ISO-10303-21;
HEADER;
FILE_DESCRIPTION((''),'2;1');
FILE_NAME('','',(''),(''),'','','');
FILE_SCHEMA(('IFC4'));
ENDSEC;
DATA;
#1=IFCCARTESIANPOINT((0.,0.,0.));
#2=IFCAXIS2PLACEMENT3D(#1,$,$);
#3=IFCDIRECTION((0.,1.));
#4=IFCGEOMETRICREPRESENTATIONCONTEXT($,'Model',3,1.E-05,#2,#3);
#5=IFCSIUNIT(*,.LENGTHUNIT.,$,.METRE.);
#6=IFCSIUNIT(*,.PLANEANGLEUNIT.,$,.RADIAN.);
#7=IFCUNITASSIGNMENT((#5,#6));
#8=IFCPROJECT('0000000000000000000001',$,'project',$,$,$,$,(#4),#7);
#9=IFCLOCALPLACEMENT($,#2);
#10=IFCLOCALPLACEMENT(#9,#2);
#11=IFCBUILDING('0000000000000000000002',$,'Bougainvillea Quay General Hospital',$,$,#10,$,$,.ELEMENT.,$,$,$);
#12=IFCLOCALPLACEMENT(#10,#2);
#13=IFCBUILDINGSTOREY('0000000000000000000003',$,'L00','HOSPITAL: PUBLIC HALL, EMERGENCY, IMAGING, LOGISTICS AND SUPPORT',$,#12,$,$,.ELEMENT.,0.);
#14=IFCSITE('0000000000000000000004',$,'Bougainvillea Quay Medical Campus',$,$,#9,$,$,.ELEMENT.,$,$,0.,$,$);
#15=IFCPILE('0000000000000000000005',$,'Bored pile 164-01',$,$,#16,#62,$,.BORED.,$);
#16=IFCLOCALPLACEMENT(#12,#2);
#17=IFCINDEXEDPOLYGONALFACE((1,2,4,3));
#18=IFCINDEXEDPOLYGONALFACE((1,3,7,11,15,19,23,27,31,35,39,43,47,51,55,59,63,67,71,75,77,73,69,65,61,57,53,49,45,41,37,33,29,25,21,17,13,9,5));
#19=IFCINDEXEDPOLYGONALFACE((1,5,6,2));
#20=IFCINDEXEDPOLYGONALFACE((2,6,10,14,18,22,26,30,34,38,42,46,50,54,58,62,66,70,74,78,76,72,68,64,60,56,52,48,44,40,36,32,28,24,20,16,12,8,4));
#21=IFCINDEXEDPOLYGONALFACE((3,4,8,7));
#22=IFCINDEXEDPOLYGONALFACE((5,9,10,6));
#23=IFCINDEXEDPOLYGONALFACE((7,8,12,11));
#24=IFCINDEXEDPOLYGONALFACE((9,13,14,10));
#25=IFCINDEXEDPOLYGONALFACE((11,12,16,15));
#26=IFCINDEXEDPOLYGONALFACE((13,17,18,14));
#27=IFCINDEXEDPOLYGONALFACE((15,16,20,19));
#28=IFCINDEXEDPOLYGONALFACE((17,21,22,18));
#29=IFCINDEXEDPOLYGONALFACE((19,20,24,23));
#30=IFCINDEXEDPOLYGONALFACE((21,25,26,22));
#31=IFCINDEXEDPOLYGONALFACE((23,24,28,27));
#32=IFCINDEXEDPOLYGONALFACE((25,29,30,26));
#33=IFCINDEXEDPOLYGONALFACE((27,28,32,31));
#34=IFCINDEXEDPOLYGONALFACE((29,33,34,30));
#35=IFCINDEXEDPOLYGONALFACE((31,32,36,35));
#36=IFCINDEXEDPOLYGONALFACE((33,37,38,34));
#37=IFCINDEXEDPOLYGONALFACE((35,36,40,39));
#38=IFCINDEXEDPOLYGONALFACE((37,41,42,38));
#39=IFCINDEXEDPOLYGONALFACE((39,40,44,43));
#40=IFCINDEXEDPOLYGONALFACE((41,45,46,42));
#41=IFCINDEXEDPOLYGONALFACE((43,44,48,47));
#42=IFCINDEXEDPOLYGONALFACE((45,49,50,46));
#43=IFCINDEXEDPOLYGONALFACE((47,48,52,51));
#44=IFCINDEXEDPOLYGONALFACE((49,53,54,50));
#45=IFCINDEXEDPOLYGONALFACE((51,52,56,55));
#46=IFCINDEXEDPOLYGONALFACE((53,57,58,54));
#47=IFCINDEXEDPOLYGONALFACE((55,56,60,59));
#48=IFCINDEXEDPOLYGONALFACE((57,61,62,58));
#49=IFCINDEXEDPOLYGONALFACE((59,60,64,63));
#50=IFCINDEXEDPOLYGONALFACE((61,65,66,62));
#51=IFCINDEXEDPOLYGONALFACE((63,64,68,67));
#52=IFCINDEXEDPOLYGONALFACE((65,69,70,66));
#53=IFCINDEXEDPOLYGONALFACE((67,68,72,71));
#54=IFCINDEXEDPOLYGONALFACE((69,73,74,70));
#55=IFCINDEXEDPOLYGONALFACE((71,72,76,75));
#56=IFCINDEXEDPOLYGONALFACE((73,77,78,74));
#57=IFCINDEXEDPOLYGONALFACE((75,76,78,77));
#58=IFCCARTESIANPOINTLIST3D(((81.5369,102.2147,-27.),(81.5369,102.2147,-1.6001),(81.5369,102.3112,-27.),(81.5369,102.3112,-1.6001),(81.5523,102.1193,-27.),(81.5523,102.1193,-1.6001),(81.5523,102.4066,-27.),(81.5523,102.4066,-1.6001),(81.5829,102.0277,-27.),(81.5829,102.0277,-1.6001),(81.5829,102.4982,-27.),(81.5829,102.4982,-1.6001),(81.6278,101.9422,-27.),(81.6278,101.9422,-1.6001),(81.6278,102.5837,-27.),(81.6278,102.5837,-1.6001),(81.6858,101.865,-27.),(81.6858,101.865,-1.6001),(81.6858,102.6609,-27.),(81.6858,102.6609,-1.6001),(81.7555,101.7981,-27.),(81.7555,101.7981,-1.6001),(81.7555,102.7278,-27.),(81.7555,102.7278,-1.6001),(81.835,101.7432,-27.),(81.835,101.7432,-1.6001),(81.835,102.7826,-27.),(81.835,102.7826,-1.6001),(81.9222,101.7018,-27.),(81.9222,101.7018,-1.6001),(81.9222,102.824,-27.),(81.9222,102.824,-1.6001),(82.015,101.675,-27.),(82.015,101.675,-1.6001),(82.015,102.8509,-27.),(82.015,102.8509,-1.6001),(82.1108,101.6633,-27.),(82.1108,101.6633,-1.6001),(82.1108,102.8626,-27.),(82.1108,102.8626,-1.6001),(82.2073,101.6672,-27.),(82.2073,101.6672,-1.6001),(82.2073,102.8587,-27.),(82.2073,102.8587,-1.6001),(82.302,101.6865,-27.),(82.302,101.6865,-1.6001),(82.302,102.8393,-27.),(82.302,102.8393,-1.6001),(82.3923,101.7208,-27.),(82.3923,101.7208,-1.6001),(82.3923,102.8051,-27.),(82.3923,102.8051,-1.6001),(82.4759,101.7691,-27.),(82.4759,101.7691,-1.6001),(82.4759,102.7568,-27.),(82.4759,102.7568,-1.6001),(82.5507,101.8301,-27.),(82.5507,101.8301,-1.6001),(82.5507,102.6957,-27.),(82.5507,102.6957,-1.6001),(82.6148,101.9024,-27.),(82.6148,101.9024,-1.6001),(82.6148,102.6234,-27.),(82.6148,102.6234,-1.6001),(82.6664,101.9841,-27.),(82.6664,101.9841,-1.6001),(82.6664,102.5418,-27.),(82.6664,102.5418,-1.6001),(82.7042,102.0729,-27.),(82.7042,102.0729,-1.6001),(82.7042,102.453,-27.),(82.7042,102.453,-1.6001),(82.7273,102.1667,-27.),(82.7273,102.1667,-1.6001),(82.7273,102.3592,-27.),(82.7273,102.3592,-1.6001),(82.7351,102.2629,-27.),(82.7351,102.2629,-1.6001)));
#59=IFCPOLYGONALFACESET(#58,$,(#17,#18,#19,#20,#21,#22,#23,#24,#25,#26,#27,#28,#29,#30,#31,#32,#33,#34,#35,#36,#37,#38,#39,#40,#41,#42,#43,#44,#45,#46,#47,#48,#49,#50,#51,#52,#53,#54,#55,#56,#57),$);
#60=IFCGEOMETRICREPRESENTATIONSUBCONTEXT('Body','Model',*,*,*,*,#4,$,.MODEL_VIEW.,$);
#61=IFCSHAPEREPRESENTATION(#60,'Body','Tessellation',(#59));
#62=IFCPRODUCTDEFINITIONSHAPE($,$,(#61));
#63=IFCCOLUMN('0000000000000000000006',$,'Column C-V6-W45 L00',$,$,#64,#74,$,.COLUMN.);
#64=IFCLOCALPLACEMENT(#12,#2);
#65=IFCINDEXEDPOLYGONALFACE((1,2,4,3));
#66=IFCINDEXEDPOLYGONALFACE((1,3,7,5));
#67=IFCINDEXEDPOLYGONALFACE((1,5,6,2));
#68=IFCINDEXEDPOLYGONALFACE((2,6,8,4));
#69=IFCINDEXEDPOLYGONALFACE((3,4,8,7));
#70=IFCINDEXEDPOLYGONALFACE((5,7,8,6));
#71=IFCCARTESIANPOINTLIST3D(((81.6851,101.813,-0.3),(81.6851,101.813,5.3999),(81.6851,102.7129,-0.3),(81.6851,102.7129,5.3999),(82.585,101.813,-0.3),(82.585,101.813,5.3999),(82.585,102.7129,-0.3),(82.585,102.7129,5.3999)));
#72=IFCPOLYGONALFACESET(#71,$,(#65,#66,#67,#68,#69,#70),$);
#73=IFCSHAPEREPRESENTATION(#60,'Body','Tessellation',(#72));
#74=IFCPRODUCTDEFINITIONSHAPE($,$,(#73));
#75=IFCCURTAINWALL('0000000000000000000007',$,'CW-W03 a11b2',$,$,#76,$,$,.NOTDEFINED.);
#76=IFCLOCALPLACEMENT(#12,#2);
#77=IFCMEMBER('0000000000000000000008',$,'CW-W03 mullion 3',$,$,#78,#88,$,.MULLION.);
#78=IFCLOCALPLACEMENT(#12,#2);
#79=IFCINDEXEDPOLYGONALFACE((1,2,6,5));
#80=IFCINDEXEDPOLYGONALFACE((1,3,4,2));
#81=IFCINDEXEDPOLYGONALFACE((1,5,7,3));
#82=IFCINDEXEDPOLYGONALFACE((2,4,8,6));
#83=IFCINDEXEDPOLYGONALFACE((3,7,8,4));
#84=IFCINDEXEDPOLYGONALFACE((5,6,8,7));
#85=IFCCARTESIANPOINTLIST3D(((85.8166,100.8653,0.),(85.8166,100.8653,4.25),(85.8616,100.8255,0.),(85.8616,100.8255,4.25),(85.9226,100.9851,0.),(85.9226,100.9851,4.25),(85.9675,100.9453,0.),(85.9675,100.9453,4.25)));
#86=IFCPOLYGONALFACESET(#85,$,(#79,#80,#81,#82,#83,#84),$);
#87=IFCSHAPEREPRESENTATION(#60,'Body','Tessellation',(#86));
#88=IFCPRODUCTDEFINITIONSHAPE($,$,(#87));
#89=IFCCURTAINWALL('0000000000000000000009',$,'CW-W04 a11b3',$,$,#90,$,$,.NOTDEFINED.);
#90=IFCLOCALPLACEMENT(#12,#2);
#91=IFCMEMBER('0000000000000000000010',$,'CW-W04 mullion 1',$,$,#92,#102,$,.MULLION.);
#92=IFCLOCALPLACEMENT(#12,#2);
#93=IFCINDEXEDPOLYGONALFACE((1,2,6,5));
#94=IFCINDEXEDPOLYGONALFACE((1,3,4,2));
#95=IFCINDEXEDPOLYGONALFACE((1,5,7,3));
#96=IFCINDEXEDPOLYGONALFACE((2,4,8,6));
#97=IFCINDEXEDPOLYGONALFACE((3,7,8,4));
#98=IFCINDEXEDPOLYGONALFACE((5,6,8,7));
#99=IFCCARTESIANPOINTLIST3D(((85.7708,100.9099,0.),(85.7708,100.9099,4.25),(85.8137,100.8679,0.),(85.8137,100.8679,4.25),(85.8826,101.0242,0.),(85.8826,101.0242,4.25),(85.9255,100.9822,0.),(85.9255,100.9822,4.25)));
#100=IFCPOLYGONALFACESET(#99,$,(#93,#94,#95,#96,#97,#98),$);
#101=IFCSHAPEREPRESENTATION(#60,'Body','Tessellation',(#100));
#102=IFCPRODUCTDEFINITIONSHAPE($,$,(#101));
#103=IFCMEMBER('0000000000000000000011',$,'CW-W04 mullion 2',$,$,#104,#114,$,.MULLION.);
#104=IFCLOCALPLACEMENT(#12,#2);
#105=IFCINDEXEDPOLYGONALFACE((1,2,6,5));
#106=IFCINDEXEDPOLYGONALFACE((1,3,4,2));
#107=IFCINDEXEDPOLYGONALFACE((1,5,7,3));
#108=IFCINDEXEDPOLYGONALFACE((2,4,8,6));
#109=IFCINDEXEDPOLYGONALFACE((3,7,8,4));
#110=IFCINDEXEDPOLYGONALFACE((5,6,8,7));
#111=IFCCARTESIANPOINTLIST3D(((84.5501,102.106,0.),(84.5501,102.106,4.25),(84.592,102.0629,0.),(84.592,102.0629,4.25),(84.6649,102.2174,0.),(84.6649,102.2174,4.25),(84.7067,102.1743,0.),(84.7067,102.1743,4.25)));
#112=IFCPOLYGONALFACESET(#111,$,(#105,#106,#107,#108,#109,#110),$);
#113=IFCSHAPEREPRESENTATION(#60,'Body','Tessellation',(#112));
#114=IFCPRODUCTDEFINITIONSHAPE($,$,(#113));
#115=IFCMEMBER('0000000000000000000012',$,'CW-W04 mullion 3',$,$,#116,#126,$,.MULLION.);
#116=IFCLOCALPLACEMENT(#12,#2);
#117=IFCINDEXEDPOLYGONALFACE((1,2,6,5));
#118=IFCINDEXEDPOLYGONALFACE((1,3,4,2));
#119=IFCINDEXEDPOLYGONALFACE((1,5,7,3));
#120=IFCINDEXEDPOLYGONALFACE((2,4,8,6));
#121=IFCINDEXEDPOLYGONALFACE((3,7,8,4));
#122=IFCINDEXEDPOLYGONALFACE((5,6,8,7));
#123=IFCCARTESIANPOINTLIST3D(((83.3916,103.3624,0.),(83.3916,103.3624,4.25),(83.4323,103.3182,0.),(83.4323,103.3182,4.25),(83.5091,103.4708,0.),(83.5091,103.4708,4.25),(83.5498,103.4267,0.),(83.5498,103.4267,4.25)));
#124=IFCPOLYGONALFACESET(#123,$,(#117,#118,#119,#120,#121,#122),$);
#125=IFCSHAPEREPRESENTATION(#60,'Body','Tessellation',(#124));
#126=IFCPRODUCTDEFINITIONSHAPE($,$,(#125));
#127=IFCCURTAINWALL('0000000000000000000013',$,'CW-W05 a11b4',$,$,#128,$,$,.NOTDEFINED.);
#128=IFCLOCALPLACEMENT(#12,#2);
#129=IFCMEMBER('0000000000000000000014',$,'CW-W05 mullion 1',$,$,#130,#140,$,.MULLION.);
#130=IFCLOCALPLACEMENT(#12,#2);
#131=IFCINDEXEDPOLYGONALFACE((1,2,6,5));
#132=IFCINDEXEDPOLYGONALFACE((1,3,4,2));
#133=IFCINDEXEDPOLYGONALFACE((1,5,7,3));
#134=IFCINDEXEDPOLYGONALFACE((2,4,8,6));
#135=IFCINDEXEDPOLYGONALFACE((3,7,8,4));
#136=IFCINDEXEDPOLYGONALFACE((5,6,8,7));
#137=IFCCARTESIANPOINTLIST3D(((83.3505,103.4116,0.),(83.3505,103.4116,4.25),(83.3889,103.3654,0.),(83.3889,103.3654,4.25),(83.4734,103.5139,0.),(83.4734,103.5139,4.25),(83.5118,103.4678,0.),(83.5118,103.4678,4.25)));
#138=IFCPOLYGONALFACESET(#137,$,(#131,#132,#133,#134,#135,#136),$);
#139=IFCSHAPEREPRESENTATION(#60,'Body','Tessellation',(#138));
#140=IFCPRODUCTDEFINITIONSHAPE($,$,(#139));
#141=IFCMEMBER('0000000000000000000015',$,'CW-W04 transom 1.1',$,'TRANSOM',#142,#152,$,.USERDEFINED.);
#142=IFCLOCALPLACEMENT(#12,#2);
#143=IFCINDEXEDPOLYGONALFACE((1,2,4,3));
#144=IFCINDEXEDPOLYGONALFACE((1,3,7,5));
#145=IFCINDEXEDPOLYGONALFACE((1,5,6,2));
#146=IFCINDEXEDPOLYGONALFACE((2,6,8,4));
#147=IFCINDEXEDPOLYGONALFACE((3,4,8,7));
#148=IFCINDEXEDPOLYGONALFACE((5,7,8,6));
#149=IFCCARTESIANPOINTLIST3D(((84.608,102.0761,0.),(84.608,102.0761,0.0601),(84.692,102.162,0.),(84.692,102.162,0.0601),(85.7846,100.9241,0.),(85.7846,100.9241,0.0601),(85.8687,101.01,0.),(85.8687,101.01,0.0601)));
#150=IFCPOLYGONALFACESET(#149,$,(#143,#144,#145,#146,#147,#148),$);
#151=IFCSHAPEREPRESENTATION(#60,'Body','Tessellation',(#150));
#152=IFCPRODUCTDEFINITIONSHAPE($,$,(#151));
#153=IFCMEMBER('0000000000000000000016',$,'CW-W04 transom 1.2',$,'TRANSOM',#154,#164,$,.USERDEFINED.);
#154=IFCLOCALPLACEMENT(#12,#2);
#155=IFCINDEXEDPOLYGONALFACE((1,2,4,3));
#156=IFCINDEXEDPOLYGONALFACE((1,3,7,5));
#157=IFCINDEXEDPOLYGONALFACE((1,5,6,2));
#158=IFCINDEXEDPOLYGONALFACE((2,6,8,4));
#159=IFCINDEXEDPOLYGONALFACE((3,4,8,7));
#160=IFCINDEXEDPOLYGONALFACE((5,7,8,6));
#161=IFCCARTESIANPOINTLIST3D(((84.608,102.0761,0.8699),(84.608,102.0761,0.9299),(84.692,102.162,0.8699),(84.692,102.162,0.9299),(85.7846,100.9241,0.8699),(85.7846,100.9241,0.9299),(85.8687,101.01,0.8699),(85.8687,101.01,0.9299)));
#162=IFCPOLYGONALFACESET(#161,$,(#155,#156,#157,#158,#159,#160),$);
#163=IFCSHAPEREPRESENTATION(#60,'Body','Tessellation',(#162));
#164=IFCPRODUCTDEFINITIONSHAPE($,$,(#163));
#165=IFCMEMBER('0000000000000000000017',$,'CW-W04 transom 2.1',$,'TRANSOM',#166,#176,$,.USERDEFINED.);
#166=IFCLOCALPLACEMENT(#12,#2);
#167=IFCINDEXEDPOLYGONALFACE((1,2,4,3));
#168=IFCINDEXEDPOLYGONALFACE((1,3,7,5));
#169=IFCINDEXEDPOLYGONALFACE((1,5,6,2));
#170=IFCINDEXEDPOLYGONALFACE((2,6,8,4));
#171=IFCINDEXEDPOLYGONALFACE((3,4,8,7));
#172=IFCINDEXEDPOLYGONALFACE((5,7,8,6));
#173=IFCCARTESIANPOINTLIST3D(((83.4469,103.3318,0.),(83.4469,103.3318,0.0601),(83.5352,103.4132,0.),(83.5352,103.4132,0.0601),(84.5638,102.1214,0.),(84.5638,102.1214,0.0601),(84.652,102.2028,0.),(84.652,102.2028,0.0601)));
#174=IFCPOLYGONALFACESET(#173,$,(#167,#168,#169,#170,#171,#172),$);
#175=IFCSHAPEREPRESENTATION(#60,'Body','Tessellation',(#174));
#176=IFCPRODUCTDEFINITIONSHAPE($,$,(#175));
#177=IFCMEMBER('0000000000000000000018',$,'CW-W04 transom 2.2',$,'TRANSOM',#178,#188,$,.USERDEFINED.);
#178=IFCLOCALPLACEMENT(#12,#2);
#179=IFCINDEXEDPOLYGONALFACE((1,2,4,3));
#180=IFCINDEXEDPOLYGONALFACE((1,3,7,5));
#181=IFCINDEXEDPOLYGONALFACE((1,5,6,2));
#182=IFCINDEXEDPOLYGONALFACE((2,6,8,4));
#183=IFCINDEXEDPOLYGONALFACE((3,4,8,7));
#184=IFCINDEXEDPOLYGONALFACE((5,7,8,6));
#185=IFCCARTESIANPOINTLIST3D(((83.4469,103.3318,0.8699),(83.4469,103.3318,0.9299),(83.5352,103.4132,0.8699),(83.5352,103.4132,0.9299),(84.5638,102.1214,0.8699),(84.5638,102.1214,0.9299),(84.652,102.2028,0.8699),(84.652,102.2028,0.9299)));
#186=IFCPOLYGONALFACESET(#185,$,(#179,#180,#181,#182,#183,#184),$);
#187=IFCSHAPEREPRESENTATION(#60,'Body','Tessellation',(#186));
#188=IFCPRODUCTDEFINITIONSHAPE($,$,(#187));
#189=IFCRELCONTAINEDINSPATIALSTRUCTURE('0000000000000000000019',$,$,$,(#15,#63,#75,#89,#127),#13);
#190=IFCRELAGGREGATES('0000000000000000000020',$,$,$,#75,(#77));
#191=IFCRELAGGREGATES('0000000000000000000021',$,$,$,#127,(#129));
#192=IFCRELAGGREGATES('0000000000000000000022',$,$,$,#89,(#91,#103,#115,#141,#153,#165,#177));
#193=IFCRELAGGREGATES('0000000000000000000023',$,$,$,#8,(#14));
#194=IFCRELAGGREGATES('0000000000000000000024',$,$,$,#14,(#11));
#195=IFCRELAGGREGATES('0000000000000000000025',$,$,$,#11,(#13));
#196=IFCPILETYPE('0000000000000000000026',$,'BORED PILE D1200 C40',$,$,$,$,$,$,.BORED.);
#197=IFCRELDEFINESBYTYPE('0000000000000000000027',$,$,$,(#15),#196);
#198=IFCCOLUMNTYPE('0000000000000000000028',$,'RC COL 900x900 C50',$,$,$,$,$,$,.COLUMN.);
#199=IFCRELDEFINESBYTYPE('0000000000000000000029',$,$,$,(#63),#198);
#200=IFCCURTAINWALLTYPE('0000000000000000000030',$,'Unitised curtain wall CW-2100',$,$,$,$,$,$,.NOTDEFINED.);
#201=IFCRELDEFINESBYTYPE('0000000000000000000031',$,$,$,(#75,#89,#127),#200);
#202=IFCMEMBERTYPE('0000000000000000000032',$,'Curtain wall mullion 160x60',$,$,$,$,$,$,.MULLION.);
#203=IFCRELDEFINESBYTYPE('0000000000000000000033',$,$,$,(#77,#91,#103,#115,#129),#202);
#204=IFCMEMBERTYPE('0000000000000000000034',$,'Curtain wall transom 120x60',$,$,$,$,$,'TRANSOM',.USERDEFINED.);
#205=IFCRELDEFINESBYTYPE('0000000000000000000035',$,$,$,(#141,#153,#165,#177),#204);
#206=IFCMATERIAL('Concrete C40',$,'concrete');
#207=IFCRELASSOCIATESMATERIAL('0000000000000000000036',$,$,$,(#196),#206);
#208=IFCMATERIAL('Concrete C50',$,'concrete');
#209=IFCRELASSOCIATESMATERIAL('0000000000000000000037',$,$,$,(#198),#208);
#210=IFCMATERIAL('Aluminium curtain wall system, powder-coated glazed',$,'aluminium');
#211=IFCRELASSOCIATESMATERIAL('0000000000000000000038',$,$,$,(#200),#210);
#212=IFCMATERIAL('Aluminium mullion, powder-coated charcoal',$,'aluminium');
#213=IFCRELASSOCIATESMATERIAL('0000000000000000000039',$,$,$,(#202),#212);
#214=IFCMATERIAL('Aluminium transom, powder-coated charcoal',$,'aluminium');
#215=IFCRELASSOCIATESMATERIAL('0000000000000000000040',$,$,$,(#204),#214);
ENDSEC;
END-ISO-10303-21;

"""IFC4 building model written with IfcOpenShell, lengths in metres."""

from ifc_helpers import new_model, si_unit, direction, frame, origin, origin_2d, place, context, subcontext, project, spatial, rectangle, circle, extrude, material, material_profile, profile_set, type_object, element, aggregate, save


model = new_model("IFC4")

# Units and contexts
model_context = context("Model", 3, precision=1e-05, world=origin(), true_north=direction((0.0, 1.0)))
body_context = subcontext(model_context, "Body", "Model", "MODEL_VIEW")
ifc_project = project(units=[si_unit("LENGTHUNIT", "METRE"), si_unit("PLANEANGLEUNIT", "RADIAN")], contexts=[model_context])

# Site, building, storey
site_placement = place(None, origin())
site = spatial("IfcSite", under=ifc_project, at=site_placement, Name="Bougainvillea Quay Medical Campus", CompositionType="ELEMENT", RefElevation=0.0)
building_placement = place(site_placement, origin())
building = spatial("IfcBuilding", under=site, at=building_placement, Name="Bougainvillea Quay General Hospital", CompositionType="ELEMENT")
storey_placement = place(building_placement, origin())
storey = spatial("IfcBuildingStorey", under=building, at=storey_placement, Name="L00", Description="HOSPITAL: PUBLIC HALL, EMERGENCY, IMAGING, LOGISTICS AND SUPPORT", CompositionType="ELEMENT", Elevation=0.0)

# Pile
ifc_material_1 = material(Name="Concrete C40", Category="concrete")
ifc_material_profile_1 = material_profile(ifc_material_1, circle(Radius=0.6001, at=origin_2d()))
ifc_profile_set_1 = profile_set([ifc_material_profile_1], Name="Concrete C40")
pile_type = type_object("IfcPileType", Name="BORED PILE D1200 C40", PredefinedType="BORED", material=ifc_profile_set_1)
pile_placement = place(storey_placement, frame((82.135, 102.2629, -1.6001), z_axis=(0.0, 0.0, -1.0), x_axis=(1.0, 0.0, 0.0)))
element("IfcPile", 1, at=pile_placement, inside=storey, type_object=pile_type, Name="Bored pile 164-01", PredefinedType="BORED", context=body_context, shape_type="SweptSolid", body=[
    extrude(circle(Radius=0.6001, at=origin_2d()), origin(), (0.0, 0.0, 1.0), 25.3999),
])

# Column
ifc_material_2 = material(Name="Concrete C50", Category="concrete")
ifc_material_profile_2 = material_profile(ifc_material_2, rectangle(XDim=0.8999, YDim=0.8999, at=origin_2d()))
ifc_profile_set_2 = profile_set([ifc_material_profile_2], Name="Concrete C50")
column_type = type_object("IfcColumnType", Name="RC COL 900x900 C50", PredefinedType="COLUMN", material=ifc_profile_set_2)
column_placement = place(storey_placement, frame((82.135, 102.2629, -0.3), z_axis=(0.0, 0.0, 1.0), x_axis=(1.0, 0.0, 0.0)))
element("IfcColumn", 2, at=column_placement, inside=storey, type_object=column_type, Name="Column C-V6-W45 L00", PredefinedType="COLUMN", context=body_context, shape_type="SweptSolid", body=[
    extrude(rectangle(XDim=0.8999, YDim=0.8999, at=origin_2d()), origin(), (0.0, 0.0, 1.0), 5.7),
])

# Curtain wall, member
ifc_material_3 = material(Name="Aluminium curtain wall system, powder-coated glazed", Category="aluminium")
curtain_wall_type = type_object("IfcCurtainWallType", Name="Unitised curtain wall CW-2100", PredefinedType="NOTDEFINED", material=ifc_material_3)
curtain_wall_1_placement = place(storey_placement, origin())
curtain_wall_1 = element("IfcCurtainWall", 3, at=curtain_wall_1_placement, inside=storey, type_object=curtain_wall_type, Name="CW-W03 a11b2", PredefinedType="NOTDEFINED")
ifc_material_4 = material(Name="Aluminium mullion, powder-coated charcoal", Category="aluminium")
ifc_material_profile_3 = material_profile(ifc_material_4, rectangle(XDim=0.1599, YDim=0.0601, at=origin_2d()))
ifc_profile_set_3 = profile_set([ifc_material_profile_3], Name="Aluminium mullion, powder-coated charcoal")
member_type_1 = type_object("IfcMemberType", Name="Curtain wall mullion 160x60", PredefinedType="MULLION", material=ifc_profile_set_3)
member_1_placement = place(storey_placement, frame((85.8921, 100.9053, 0.0), z_axis=(0.0, 0.0, 1.0), x_axis=(-0.662398, -0.749152, 0.0)))
member_1 = element("IfcMember", 4, at=member_1_placement, type_object=member_type_1, Name="CW-W03 mullion 3", PredefinedType="MULLION", context=body_context, shape_type="SweptSolid", body=[
    extrude(rectangle(XDim=0.1599, YDim=0.0601, at=origin_2d()), origin(), (0.0, 0.0, 1.0), 4.25),
])
aggregate(curtain_wall_1, [member_1])

# Curtain wall, members
curtain_wall_2_placement = place(storey_placement, origin())
curtain_wall_2 = element("IfcCurtainWall", 5, at=curtain_wall_2_placement, inside=storey, type_object=curtain_wall_type, Name="CW-W04 a11b3", PredefinedType="NOTDEFINED")
member_2_placement = place(storey_placement, frame((85.8481, 100.946, 0.0), z_axis=(0.0, 0.0, 1.0), x_axis=(-0.699526, -0.714607, 0.0)))
member_2 = element("IfcMember", 6, at=member_2_placement, type_object=member_type_1, Name="CW-W04 mullion 1", PredefinedType="MULLION", context=body_context, shape_type="SweptSolid", body=[
    extrude(rectangle(XDim=0.1599, YDim=0.0601, at=origin_2d()), origin(), (0.0, 0.0, 1.0), 4.25),
])
member_3_placement = place(storey_placement, frame((84.6284, 102.1401, 0.0), z_axis=(0.0, 0.0, 1.0), x_axis=(-0.717421, -0.696639, 0.0)))
member_3 = element("IfcMember", 7, at=member_3_placement, type_object=member_type_1, Name="CW-W04 mullion 2", PredefinedType="MULLION", context=body_context, shape_type="SweptSolid", body=[
    extrude(rectangle(XDim=0.1599, YDim=0.0601, at=origin_2d()), origin(), (0.0, 0.0, 1.0), 4.25),
])
member_4_placement = place(storey_placement, frame((83.4707, 103.3945, 0.0), z_axis=(0.0, 0.0, 1.0), x_axis=(-0.734855, -0.678224, 0.0)))
member_4 = element("IfcMember", 8, at=member_4_placement, type_object=member_type_1, Name="CW-W04 mullion 3", PredefinedType="MULLION", context=body_context, shape_type="SweptSolid", body=[
    extrude(rectangle(XDim=0.1599, YDim=0.0601, at=origin_2d()), origin(), (0.0, 0.0, 1.0), 4.25),
])

# Curtain wall, member
curtain_wall_3_placement = place(storey_placement, origin())
curtain_wall_3 = element("IfcCurtainWall", 9, at=curtain_wall_3_placement, inside=storey, type_object=curtain_wall_type, Name="CW-W05 a11b4", PredefinedType="NOTDEFINED")
member_5_placement = place(storey_placement, frame((83.4312, 103.4397, 0.0), z_axis=(0.0, 0.0, 1.0), x_axis=(-0.768295, -0.640096, 0.0)))
member_5 = element("IfcMember", 10, at=member_5_placement, type_object=member_type_1, Name="CW-W05 mullion 1", PredefinedType="MULLION", context=body_context, shape_type="SweptSolid", body=[
    extrude(rectangle(XDim=0.1599, YDim=0.0601, at=origin_2d()), origin(), (0.0, 0.0, 1.0), 4.25),
])

# Members
ifc_material_5 = material(Name="Aluminium transom, powder-coated charcoal", Category="aluminium")
ifc_material_profile_4 = material_profile(ifc_material_5, rectangle(XDim=0.1201, YDim=0.0601, at=origin_2d()))
ifc_profile_set_4 = profile_set([ifc_material_profile_4], Name="Aluminium transom, powder-coated charcoal")
member_type_2 = type_object("IfcMemberType", Name="Curtain wall transom 120x60", ElementType="TRANSOM", PredefinedType="USERDEFINED", material=ifc_profile_set_4)
member_6_placement = place(storey_placement, frame((85.8267, 100.967, 0.03), z_axis=(-0.714554, 0.699581, 0.0), x_axis=(-0.699581, -0.714554, 0.0)))
member_6 = element("IfcMember", 11, at=member_6_placement, type_object=member_type_2, Name="CW-W04 transom 1.1", ObjectType="TRANSOM", PredefinedType="USERDEFINED", context=body_context, shape_type="SweptSolid", body=[
    extrude(rectangle(XDim=0.1201, YDim=0.0601, at=origin_2d()), origin(), (0.0, 0.0, 1.0), 1.6467),
])
member_7_placement = place(storey_placement, frame((85.8267, 100.967, 0.8999), z_axis=(-0.714554, 0.699581, 0.0), x_axis=(-0.699581, -0.714554, 0.0)))
member_7 = element("IfcMember", 12, at=member_7_placement, type_object=member_type_2, Name="CW-W04 transom 1.2", ObjectType="TRANSOM", PredefinedType="USERDEFINED", context=body_context, shape_type="SweptSolid", body=[
    extrude(rectangle(XDim=0.1201, YDim=0.0601, at=origin_2d()), origin(), (0.0, 0.0, 1.0), 1.6467),
])
member_8_placement = place(storey_placement, frame((84.6079, 102.1621, 0.03), z_axis=(-0.678151, 0.734923, 0.0), x_axis=(-0.734923, -0.678151, 0.0)))
member_8 = element("IfcMember", 13, at=member_8_placement, type_object=member_type_2, Name="CW-W04 transom 2.1", ObjectType="TRANSOM", PredefinedType="USERDEFINED", context=body_context, shape_type="SweptSolid", body=[
    extrude(rectangle(XDim=0.1201, YDim=0.0601, at=origin_2d()), origin(), (0.0, 0.0, 1.0), 1.647),
])
member_9_placement = place(storey_placement, frame((84.6079, 102.1621, 0.8999), z_axis=(-0.678151, 0.734923, 0.0), x_axis=(-0.734923, -0.678151, 0.0)))
member_9 = element("IfcMember", 14, at=member_9_placement, type_object=member_type_2, Name="CW-W04 transom 2.2", ObjectType="TRANSOM", PredefinedType="USERDEFINED", context=body_context, shape_type="SweptSolid", body=[
    extrude(rectangle(XDim=0.1201, YDim=0.0601, at=origin_2d()), origin(), (0.0, 0.0, 1.0), 1.647),
])
aggregate(curtain_wall_3, [member_5])

aggregate(curtain_wall_2, [member_2, member_3, member_4, member_6, member_7, member_8, member_9])

save(model, "model.ifc")
